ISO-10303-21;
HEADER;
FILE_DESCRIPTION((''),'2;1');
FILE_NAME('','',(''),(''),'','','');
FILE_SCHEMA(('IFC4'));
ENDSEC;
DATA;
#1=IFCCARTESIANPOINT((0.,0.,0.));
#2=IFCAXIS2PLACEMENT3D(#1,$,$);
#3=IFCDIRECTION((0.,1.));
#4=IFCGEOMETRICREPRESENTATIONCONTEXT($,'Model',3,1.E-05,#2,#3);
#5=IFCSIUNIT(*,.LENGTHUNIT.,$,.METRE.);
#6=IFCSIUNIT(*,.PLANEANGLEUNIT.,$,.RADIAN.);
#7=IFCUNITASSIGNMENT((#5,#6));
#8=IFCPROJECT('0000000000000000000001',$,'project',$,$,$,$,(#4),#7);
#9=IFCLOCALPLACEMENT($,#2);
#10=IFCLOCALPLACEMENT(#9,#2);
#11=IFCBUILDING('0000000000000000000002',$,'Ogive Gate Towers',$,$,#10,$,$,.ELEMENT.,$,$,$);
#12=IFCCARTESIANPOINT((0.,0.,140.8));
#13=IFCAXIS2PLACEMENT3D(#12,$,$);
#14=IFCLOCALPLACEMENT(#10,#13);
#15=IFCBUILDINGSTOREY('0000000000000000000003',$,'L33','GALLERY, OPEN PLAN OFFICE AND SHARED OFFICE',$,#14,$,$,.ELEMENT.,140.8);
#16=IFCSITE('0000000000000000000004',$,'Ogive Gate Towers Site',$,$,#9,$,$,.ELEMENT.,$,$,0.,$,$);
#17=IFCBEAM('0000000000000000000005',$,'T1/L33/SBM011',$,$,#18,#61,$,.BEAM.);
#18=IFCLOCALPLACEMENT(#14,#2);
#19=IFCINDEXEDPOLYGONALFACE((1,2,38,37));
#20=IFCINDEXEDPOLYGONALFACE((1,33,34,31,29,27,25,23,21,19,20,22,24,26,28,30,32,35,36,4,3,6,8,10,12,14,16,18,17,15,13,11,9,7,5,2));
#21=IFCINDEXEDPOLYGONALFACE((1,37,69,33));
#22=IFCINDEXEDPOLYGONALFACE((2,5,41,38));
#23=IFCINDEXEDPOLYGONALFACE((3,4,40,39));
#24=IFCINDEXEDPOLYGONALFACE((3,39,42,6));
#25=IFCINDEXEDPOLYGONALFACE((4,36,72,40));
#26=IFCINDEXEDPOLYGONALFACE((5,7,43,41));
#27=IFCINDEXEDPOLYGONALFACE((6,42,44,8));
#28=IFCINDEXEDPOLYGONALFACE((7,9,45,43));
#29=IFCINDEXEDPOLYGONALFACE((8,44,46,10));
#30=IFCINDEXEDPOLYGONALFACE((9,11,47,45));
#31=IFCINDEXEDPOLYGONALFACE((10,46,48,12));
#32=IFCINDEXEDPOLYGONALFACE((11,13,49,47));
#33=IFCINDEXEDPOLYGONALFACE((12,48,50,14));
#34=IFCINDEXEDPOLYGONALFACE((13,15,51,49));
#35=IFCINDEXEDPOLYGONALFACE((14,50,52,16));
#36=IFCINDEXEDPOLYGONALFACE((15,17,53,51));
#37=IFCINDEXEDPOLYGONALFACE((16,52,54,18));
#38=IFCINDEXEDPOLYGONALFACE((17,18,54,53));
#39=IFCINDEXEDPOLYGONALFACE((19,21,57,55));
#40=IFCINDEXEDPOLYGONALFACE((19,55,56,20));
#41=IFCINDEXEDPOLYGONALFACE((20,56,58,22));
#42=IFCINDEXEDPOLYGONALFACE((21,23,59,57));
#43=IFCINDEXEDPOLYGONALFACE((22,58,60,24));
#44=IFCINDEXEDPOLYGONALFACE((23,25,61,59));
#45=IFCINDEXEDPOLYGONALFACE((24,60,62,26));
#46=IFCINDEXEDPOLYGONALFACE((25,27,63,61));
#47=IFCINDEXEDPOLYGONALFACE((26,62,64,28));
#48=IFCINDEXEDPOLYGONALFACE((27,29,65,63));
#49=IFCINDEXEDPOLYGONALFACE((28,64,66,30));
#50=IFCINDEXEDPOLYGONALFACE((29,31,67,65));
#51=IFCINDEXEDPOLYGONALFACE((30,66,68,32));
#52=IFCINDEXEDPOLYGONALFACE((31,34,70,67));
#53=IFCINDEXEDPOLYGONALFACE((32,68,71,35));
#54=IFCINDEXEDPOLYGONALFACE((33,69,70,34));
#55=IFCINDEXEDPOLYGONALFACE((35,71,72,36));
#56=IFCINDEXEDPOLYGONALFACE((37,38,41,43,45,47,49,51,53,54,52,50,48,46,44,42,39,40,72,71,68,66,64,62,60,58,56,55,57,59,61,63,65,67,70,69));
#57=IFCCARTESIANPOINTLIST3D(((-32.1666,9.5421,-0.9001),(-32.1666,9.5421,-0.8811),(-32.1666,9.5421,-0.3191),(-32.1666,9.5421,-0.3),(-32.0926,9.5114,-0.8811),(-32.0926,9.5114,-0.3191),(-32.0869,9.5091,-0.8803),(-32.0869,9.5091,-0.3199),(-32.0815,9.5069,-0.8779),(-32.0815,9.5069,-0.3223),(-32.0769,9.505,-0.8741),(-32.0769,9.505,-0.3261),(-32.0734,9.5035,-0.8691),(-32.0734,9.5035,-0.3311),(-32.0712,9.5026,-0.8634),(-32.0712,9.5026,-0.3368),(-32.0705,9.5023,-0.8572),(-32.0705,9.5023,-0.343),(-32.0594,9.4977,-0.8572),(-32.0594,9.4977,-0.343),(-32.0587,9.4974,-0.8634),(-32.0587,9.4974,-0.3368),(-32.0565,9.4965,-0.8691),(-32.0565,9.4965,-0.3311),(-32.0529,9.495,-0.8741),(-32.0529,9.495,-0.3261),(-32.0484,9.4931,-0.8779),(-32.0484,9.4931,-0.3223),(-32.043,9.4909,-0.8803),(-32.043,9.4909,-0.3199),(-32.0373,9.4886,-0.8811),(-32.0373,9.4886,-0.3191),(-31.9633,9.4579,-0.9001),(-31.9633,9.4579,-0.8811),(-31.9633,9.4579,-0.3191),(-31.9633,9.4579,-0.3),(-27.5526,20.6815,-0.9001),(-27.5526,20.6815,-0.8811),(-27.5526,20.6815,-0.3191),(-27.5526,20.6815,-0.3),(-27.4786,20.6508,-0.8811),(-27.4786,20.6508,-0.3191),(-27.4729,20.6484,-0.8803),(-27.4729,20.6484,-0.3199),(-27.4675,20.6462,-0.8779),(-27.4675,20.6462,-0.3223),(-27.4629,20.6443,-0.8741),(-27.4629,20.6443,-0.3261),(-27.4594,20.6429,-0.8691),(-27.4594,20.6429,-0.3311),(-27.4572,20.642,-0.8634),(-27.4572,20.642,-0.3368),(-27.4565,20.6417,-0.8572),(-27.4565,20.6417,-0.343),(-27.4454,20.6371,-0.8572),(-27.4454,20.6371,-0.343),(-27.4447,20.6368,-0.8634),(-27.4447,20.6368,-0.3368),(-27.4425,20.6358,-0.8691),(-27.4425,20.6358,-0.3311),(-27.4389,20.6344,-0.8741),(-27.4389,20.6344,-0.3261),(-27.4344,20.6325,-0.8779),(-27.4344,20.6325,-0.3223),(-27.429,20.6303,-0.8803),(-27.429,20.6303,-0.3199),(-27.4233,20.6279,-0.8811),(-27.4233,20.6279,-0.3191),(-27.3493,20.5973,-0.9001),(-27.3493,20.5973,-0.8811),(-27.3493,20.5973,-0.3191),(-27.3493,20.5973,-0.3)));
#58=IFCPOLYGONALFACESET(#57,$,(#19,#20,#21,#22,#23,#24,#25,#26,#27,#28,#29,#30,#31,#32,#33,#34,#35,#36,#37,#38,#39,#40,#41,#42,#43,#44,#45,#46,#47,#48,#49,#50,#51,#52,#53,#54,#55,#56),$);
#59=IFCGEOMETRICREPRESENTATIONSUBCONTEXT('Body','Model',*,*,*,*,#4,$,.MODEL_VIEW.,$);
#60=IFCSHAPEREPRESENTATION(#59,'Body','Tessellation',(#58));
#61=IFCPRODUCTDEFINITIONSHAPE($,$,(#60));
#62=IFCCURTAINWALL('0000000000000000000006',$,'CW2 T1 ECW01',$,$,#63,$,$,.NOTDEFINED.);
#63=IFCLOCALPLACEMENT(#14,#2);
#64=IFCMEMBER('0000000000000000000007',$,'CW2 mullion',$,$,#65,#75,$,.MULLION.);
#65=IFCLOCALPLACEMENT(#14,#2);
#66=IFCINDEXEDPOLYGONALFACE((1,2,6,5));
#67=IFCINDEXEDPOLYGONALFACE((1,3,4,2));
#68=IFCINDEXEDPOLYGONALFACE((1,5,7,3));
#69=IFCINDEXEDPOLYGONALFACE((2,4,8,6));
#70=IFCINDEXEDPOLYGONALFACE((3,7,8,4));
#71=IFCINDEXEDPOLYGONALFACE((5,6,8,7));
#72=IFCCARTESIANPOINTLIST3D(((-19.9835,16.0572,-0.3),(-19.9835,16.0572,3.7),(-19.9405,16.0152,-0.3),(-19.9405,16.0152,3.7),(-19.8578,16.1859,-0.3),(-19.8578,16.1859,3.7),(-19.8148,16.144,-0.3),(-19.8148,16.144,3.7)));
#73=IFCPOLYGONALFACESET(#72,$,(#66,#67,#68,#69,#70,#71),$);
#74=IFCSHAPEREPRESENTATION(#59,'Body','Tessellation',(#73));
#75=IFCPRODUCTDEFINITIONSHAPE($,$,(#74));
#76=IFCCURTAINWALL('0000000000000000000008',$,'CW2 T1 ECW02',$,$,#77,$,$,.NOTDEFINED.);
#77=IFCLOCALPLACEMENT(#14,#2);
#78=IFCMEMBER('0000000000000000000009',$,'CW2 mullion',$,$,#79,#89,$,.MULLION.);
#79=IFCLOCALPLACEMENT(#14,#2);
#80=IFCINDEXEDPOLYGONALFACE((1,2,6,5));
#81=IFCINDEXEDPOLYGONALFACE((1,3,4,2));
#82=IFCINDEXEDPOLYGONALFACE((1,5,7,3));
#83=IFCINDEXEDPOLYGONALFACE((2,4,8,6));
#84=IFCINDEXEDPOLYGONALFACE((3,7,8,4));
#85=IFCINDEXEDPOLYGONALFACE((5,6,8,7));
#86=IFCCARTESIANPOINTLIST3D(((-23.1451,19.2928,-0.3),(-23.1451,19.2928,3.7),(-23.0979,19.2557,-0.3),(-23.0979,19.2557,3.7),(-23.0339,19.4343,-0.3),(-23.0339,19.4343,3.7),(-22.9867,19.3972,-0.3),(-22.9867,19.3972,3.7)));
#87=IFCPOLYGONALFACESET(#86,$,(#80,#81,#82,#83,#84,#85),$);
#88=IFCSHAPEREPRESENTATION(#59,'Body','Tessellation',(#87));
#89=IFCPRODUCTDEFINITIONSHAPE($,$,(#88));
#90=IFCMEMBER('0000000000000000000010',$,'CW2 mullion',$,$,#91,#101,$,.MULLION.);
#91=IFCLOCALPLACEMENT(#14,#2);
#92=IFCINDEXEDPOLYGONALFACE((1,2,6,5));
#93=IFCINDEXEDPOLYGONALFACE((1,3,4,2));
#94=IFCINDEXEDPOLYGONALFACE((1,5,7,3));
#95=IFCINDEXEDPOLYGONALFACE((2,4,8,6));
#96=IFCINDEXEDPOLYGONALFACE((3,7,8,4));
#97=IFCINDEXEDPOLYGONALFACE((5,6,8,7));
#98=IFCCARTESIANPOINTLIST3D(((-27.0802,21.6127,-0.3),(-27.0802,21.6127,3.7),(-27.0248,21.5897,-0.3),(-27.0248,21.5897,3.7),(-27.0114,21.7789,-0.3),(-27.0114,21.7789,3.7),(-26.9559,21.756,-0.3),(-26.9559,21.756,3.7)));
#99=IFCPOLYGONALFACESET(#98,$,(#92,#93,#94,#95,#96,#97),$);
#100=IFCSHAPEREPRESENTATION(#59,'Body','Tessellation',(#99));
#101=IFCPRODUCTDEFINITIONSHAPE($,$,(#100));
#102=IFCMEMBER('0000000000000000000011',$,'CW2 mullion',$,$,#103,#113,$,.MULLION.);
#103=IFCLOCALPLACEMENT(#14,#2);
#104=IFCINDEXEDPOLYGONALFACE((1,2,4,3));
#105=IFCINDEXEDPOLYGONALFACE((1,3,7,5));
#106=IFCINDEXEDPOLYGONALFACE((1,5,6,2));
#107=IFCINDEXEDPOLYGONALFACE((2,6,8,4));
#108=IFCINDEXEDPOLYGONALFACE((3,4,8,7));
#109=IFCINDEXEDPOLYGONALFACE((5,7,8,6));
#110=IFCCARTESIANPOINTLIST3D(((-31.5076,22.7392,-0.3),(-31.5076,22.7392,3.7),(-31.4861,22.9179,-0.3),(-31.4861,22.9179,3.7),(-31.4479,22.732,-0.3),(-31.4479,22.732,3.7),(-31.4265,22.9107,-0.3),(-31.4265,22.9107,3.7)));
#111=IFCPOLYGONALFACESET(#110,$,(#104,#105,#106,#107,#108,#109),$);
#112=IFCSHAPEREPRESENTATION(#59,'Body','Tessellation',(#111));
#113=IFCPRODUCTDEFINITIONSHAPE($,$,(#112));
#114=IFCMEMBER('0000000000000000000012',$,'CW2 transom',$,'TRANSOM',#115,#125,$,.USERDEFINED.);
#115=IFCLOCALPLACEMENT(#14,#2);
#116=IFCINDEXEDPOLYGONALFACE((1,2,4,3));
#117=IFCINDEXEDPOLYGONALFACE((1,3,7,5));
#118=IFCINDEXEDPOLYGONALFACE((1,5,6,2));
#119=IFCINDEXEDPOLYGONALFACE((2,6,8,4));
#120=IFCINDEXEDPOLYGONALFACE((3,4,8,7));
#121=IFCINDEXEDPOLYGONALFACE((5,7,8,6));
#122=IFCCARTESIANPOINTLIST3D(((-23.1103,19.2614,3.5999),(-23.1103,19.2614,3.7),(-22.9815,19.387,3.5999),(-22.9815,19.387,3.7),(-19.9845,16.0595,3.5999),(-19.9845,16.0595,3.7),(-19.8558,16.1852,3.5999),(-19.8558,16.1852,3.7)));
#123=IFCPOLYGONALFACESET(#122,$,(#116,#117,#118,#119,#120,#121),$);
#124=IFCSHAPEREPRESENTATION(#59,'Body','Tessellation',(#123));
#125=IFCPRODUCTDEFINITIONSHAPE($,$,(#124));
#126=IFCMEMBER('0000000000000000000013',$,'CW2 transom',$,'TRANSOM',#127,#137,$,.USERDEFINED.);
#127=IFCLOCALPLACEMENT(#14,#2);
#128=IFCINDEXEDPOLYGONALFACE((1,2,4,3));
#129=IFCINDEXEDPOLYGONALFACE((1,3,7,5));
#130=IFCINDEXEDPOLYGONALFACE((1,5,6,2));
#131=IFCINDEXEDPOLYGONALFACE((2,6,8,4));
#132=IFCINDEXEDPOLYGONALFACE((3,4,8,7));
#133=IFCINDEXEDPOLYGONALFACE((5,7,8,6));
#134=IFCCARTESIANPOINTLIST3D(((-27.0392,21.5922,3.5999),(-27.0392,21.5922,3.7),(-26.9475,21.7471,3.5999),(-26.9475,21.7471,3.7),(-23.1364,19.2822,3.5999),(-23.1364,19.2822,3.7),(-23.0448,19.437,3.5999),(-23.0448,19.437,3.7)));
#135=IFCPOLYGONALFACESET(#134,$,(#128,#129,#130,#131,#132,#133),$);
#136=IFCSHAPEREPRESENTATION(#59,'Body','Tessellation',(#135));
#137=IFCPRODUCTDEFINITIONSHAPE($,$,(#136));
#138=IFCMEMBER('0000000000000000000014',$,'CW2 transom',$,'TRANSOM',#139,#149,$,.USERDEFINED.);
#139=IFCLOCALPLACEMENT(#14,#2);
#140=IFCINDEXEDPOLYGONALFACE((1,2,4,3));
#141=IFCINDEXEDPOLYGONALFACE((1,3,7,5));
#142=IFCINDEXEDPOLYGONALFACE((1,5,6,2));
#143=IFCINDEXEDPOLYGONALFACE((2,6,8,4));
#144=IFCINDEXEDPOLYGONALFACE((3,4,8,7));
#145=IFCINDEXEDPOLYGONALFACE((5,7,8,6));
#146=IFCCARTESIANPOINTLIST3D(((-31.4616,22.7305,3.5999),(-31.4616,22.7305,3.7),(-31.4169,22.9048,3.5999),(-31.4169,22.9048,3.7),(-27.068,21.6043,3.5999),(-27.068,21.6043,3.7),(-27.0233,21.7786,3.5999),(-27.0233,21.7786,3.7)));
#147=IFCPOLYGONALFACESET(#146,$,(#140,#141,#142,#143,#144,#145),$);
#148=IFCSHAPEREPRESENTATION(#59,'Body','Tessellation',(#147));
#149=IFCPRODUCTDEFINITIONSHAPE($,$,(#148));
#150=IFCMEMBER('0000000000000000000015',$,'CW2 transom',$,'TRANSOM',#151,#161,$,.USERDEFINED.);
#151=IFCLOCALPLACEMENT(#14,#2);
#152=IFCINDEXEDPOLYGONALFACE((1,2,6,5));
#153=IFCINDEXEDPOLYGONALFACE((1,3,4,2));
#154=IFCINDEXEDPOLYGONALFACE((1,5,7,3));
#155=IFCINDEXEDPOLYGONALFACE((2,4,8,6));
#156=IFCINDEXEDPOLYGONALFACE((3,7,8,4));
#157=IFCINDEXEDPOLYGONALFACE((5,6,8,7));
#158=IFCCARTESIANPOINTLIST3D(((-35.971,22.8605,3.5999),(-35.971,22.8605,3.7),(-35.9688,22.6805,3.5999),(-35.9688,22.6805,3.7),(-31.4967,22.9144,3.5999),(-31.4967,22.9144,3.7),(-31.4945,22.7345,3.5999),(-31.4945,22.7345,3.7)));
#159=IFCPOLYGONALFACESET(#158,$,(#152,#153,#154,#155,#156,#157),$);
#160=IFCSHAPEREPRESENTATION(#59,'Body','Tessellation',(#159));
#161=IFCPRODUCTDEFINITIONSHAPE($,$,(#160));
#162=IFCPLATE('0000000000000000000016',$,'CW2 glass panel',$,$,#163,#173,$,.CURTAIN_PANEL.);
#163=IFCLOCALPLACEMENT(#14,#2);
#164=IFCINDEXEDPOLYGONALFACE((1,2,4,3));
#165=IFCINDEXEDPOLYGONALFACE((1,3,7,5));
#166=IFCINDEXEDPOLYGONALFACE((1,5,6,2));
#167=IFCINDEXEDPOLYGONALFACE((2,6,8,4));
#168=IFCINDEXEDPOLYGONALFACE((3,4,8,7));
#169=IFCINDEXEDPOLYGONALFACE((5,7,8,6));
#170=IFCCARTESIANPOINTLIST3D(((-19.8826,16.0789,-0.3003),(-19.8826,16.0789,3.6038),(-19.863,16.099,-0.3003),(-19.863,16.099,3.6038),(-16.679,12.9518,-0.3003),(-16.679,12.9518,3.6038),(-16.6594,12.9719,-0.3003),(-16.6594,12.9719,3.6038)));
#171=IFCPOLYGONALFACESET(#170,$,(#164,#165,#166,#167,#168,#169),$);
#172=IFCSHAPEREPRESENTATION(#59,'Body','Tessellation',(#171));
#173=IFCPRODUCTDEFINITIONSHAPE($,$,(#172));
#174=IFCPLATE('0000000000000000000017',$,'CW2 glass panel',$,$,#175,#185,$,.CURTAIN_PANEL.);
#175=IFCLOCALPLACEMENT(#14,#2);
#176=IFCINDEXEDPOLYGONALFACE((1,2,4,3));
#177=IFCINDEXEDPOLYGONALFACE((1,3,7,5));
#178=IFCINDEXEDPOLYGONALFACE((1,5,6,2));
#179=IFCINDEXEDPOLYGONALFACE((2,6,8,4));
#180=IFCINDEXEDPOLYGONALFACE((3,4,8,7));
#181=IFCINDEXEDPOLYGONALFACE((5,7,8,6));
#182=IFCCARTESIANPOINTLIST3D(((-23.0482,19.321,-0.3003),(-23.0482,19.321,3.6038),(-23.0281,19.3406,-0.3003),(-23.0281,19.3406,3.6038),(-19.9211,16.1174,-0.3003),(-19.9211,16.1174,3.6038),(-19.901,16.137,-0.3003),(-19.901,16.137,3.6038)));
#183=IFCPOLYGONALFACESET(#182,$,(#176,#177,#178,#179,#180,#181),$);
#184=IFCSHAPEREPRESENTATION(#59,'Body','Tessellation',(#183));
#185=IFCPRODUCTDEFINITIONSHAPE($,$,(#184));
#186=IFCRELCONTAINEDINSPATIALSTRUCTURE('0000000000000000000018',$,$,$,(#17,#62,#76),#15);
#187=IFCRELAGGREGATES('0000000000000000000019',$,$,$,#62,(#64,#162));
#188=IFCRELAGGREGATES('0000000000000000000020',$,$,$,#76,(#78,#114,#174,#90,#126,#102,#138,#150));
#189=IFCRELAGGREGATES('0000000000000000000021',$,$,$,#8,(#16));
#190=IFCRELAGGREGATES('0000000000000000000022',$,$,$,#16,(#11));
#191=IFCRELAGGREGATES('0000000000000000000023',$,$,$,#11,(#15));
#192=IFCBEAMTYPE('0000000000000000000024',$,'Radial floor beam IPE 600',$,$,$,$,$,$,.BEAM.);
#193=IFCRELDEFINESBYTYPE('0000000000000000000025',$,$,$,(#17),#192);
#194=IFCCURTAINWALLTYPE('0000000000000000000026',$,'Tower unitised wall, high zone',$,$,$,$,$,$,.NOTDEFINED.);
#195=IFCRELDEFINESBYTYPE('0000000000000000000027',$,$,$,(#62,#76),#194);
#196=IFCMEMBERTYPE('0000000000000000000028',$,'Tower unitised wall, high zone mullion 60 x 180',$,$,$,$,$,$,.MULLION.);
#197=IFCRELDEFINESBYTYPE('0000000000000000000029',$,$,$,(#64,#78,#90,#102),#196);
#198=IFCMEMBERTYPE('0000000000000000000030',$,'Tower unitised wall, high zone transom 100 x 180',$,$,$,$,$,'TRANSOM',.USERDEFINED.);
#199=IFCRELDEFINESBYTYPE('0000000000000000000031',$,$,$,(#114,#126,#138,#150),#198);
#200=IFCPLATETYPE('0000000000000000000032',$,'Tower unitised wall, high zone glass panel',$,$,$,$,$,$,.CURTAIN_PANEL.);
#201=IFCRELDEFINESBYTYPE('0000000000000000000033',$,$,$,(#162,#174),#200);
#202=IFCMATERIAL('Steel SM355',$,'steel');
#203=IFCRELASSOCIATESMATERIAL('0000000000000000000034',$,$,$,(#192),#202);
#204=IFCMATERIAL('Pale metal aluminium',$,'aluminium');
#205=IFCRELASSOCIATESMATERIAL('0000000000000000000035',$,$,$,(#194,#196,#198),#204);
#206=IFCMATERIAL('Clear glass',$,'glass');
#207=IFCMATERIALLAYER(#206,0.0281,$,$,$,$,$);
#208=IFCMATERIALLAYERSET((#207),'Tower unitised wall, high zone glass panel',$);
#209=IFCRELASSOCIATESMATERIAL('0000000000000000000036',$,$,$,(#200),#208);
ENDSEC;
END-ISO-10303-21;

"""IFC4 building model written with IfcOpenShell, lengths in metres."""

from ifc_helpers import new_model, si_unit, direction, frame, origin, origin_2d, place, context, subcontext, project, spatial, rectangle, i_section, extrude, material, layer, layer_set, material_profile, profile_set, type_object, element, aggregate, save


model = new_model("IFC4")

# Units and contexts
model_context = context("Model", 3, precision=1e-05, world=origin(), true_north=direction((0.0, 1.0)))
body_context = subcontext(model_context, "Body", "Model", "MODEL_VIEW")
ifc_project = project(units=[si_unit("LENGTHUNIT", "METRE"), si_unit("PLANEANGLEUNIT", "RADIAN")], contexts=[model_context])

# Site, building, storey
site_placement = place(None, origin())
site = spatial("IfcSite", under=ifc_project, at=site_placement, Name="Ogive Gate Towers Site", CompositionType="ELEMENT", RefElevation=0.0)
building_placement = place(site_placement, origin())
building = spatial("IfcBuilding", under=site, at=building_placement, Name="Ogive Gate Towers", CompositionType="ELEMENT")
storey_placement = place(building_placement, frame((0.0, 0.0, 140.8)))
storey = spatial("IfcBuildingStorey", under=building, at=storey_placement, Name="L33", Description="GALLERY, OPEN PLAN OFFICE AND SHARED OFFICE", CompositionType="ELEMENT", Elevation=140.8)

# Beam
ifc_material_1 = material(Name="Steel SM355", Category="steel")
ifc_material_profile_1 = material_profile(ifc_material_1, i_section(OverallWidth=0.22, OverallDepth=0.6001, WebThickness=0.012, FlangeThickness=0.019, FilletRadius=0.0239, at=origin_2d()), Name="IPE 600")
ifc_profile_set_1 = profile_set([ifc_material_profile_1], Name="Steel SM355")
beam_type_1 = type_object("IfcBeamType", Name="Radial floor beam IPE 600", PredefinedType="BEAM", material=ifc_profile_set_1)
for number, where, z_axis, x_axis, name in (
    (1, (-32.0649, 9.5, -0.6001), (0.382678, 0.923882, 0.0), (-0.923882, 0.382678, 0.0), "T1/L33/SBM011"),
):
    element("IfcBeam", number, at=place(storey_placement, frame(where, z_axis=z_axis, x_axis=x_axis)), inside=storey, type_object=beam_type_1, Name=name, PredefinedType="BEAM", context=body_context, shape_type="SweptSolid", body=[
        extrude(i_section(OverallWidth=0.22, OverallDepth=0.6001, WebThickness=0.012, FlangeThickness=0.019, FilletRadius=0.0239, at=origin_2d()), origin(), (0.0, 0.0, 1.0), 12.0571),
    ])

# Curtain wall, member
ifc_material_2 = material(Name="Pale metal aluminium", Category="aluminium")
curtain_wall_type = type_object("IfcCurtainWallType", Name="Tower unitised wall, high zone", PredefinedType="NOTDEFINED", material=ifc_material_2)
curtain_wall_1_placement = place(storey_placement, origin())
curtain_wall_1 = element("IfcCurtainWall", 2, at=curtain_wall_1_placement, inside=storey, type_object=curtain_wall_type, Name="CW2 T1 ECW01", PredefinedType="NOTDEFINED")
ifc_material_profile_2 = material_profile(ifc_material_2, rectangle(XDim=0.1799, YDim=0.0601, at=origin_2d()), Name="60 x 180 aluminium box")
ifc_profile_set_2 = profile_set([ifc_material_profile_2], Name="Pale metal aluminium")
member_type_1 = type_object("IfcMemberType", Name="Tower unitised wall, high zone mullion 60 x 180", PredefinedType="MULLION", material=ifc_profile_set_2)
member_1_placement = place(storey_placement, frame((-19.8992, 16.1006, -0.3), z_axis=(0.0, 0.0, 1.0), x_axis=(0.698515, 0.715595, 0.0)))
member_1 = element("IfcMember", 3, at=member_1_placement, type_object=member_type_1, Name="CW2 mullion", PredefinedType="MULLION", context=body_context, shape_type="SweptSolid", body=[
    extrude(rectangle(XDim=0.1799, YDim=0.0601, at=origin_2d()), origin(), (0.0, 0.0, 1.0), 4.0),
])

# Curtain wall, members
curtain_wall_2_placement = place(storey_placement, origin())
curtain_wall_2 = element("IfcCurtainWall", 4, at=curtain_wall_2_placement, inside=storey, type_object=curtain_wall_type, Name="CW2 T1 ECW02", PredefinedType="NOTDEFINED")
member_2_placement = place(storey_placement, frame((-23.0659, 19.345, -0.3), z_axis=(0.0, 0.0, 1.0), x_axis=(0.617818, 0.786321, 0.0)))
member_2 = element("IfcMember", 5, at=member_2_placement, type_object=member_type_1, Name="CW2 mullion", PredefinedType="MULLION", context=body_context, shape_type="SweptSolid", body=[
    extrude(rectangle(XDim=0.1799, YDim=0.0601, at=origin_2d()), origin(), (0.0, 0.0, 1.0), 4.0),
])
member_3_placement = place(storey_placement, frame((-27.0181, 21.6843, -0.3), z_axis=(0.0, 0.0, 1.0), x_axis=(0.382683, 0.92388, 0.0)))
member_3 = element("IfcMember", 6, at=member_3_placement, type_object=member_type_1, Name="CW2 mullion", PredefinedType="MULLION", context=body_context, shape_type="SweptSolid", body=[
    extrude(rectangle(XDim=0.1799, YDim=0.0601, at=origin_2d()), origin(), (0.0, 0.0, 1.0), 4.0),
])
member_4_placement = place(storey_placement, frame((-31.467, 22.825, -0.3), z_axis=(0.0, 0.0, 1.0), x_axis=(0.119149, 0.992876, 0.0)))
member_4 = element("IfcMember", 7, at=member_4_placement, type_object=member_type_1, Name="CW2 mullion", PredefinedType="MULLION", context=body_context, shape_type="SweptSolid", body=[
    extrude(rectangle(XDim=0.1799, YDim=0.0601, at=origin_2d()), origin(), (0.0, 0.0, 1.0), 4.0),
])
ifc_material_profile_3 = material_profile(ifc_material_2, rectangle(XDim=0.1799, YDim=0.1001, at=origin_2d()), Name="100 x 180 aluminium box")
ifc_profile_set_3 = profile_set([ifc_material_profile_3], Name="Pale metal aluminium")
member_type_2 = type_object("IfcMemberType", Name="Tower unitised wall, high zone transom 100 x 180", ElementType="TRANSOM", PredefinedType="USERDEFINED", material=ifc_profile_set_3)
member_5_placement = place(storey_placement, frame((-19.9202, 16.1223, 3.6499), z_axis=(-0.698544, 0.715567, 0.0), x_axis=(-0.715567, -0.698544, 0.0)))
member_5 = element("IfcMember", 8, at=member_5_placement, type_object=member_type_2, Name="CW2 transom", ObjectType="TRANSOM", PredefinedType="USERDEFINED", context=body_context, shape_type="SweptSolid", body=[
    extrude(rectangle(XDim=0.1799, YDim=0.1001, at=origin_2d()), origin(), (0.0, 0.0, 1.0), 4.4746),
])
member_6_placement = place(storey_placement, frame((-23.0906, 19.3596, 3.6499), z_axis=(-0.860555, 0.509357, 0.0), x_axis=(-0.509357, -0.860555, 0.0)))
member_6 = element("IfcMember", 9, at=member_6_placement, type_object=member_type_2, Name="CW2 transom", ObjectType="TRANSOM", PredefinedType="USERDEFINED", context=body_context, shape_type="SweptSolid", body=[
    extrude(rectangle(XDim=0.1799, YDim=0.1001, at=origin_2d()), origin(), (0.0, 0.0, 1.0), 4.5352),
])
member_7_placement = place(storey_placement, frame((-27.0457, 21.6914, 3.6499), z_axis=(-0.968681, 0.248307, 0.0), x_axis=(-0.248307, -0.968681, 0.0)))
member_7 = element("IfcMember", 10, at=member_7_placement, type_object=member_type_2, Name="CW2 transom", ObjectType="TRANSOM", PredefinedType="USERDEFINED", context=body_context, shape_type="SweptSolid", body=[
    extrude(rectangle(XDim=0.1799, YDim=0.1001, at=origin_2d()), origin(), (0.0, 0.0, 1.0), 4.5356),
])
member_8_placement = place(storey_placement, frame((-31.4956, 22.8245, 3.6499), z_axis=(-0.999927, -0.012058, 0.0), x_axis=(0.012058, -0.999927, 0.0)))
member_8 = element("IfcMember", 11, at=member_8_placement, type_object=member_type_2, Name="CW2 transom", ObjectType="TRANSOM", PredefinedType="USERDEFINED", context=body_context, shape_type="SweptSolid", body=[
    extrude(rectangle(XDim=0.1799, YDim=0.1001, at=origin_2d()), origin(), (0.0, 0.0, 1.0), 4.4746),
])

# Plates
ifc_material_3 = material(Name="Clear glass", Category="glass")
ifc_layer_1 = layer(ifc_material_3, 0.0281)
ifc_layer_set_1 = layer_set([ifc_layer_1], Name="Tower unitised wall, high zone glass panel")
plate_type = type_object("IfcPlateType", Name="Tower unitised wall, high zone glass panel", PredefinedType="CURTAIN_PANEL", material=ifc_layer_set_1)
plate_1_placement = place(storey_placement, frame((-18.271, 14.5254, -0.3003), z_axis=(0.0, 0.0, 1.0), x_axis=(-0.715595, 0.698515, 0.0)))
plate_1 = element("IfcPlate", 12, at=plate_1_placement, type_object=plate_type, Name="CW2 glass panel", PredefinedType="CURTAIN_PANEL", context=body_context, shape_type="SweptSolid", body=[
    extrude(rectangle(XDim=4.4768, YDim=0.0281, at=origin_2d()), origin(), (0.0, 0.0, 1.0), 3.9041),
])
aggregate(curtain_wall_1, [member_1, plate_1])
plate_2_placement = place(storey_placement, frame((-21.4746, 17.729, -0.3003), z_axis=(0.0, 0.0, 1.0), x_axis=(-0.698515, 0.715595, 0.0)))
plate_2 = element("IfcPlate", 13, at=plate_2_placement, type_object=plate_type, Name="CW2 glass panel", PredefinedType="CURTAIN_PANEL", context=body_context, shape_type="SweptSolid", body=[
    extrude(rectangle(XDim=4.4768, YDim=0.0281, at=origin_2d()), origin(), (0.0, 0.0, 1.0), 3.9041),
])
aggregate(curtain_wall_2, [member_2, member_5, plate_2, member_3, member_6, member_4, member_7, member_8])

save(model, "model.ifc")
